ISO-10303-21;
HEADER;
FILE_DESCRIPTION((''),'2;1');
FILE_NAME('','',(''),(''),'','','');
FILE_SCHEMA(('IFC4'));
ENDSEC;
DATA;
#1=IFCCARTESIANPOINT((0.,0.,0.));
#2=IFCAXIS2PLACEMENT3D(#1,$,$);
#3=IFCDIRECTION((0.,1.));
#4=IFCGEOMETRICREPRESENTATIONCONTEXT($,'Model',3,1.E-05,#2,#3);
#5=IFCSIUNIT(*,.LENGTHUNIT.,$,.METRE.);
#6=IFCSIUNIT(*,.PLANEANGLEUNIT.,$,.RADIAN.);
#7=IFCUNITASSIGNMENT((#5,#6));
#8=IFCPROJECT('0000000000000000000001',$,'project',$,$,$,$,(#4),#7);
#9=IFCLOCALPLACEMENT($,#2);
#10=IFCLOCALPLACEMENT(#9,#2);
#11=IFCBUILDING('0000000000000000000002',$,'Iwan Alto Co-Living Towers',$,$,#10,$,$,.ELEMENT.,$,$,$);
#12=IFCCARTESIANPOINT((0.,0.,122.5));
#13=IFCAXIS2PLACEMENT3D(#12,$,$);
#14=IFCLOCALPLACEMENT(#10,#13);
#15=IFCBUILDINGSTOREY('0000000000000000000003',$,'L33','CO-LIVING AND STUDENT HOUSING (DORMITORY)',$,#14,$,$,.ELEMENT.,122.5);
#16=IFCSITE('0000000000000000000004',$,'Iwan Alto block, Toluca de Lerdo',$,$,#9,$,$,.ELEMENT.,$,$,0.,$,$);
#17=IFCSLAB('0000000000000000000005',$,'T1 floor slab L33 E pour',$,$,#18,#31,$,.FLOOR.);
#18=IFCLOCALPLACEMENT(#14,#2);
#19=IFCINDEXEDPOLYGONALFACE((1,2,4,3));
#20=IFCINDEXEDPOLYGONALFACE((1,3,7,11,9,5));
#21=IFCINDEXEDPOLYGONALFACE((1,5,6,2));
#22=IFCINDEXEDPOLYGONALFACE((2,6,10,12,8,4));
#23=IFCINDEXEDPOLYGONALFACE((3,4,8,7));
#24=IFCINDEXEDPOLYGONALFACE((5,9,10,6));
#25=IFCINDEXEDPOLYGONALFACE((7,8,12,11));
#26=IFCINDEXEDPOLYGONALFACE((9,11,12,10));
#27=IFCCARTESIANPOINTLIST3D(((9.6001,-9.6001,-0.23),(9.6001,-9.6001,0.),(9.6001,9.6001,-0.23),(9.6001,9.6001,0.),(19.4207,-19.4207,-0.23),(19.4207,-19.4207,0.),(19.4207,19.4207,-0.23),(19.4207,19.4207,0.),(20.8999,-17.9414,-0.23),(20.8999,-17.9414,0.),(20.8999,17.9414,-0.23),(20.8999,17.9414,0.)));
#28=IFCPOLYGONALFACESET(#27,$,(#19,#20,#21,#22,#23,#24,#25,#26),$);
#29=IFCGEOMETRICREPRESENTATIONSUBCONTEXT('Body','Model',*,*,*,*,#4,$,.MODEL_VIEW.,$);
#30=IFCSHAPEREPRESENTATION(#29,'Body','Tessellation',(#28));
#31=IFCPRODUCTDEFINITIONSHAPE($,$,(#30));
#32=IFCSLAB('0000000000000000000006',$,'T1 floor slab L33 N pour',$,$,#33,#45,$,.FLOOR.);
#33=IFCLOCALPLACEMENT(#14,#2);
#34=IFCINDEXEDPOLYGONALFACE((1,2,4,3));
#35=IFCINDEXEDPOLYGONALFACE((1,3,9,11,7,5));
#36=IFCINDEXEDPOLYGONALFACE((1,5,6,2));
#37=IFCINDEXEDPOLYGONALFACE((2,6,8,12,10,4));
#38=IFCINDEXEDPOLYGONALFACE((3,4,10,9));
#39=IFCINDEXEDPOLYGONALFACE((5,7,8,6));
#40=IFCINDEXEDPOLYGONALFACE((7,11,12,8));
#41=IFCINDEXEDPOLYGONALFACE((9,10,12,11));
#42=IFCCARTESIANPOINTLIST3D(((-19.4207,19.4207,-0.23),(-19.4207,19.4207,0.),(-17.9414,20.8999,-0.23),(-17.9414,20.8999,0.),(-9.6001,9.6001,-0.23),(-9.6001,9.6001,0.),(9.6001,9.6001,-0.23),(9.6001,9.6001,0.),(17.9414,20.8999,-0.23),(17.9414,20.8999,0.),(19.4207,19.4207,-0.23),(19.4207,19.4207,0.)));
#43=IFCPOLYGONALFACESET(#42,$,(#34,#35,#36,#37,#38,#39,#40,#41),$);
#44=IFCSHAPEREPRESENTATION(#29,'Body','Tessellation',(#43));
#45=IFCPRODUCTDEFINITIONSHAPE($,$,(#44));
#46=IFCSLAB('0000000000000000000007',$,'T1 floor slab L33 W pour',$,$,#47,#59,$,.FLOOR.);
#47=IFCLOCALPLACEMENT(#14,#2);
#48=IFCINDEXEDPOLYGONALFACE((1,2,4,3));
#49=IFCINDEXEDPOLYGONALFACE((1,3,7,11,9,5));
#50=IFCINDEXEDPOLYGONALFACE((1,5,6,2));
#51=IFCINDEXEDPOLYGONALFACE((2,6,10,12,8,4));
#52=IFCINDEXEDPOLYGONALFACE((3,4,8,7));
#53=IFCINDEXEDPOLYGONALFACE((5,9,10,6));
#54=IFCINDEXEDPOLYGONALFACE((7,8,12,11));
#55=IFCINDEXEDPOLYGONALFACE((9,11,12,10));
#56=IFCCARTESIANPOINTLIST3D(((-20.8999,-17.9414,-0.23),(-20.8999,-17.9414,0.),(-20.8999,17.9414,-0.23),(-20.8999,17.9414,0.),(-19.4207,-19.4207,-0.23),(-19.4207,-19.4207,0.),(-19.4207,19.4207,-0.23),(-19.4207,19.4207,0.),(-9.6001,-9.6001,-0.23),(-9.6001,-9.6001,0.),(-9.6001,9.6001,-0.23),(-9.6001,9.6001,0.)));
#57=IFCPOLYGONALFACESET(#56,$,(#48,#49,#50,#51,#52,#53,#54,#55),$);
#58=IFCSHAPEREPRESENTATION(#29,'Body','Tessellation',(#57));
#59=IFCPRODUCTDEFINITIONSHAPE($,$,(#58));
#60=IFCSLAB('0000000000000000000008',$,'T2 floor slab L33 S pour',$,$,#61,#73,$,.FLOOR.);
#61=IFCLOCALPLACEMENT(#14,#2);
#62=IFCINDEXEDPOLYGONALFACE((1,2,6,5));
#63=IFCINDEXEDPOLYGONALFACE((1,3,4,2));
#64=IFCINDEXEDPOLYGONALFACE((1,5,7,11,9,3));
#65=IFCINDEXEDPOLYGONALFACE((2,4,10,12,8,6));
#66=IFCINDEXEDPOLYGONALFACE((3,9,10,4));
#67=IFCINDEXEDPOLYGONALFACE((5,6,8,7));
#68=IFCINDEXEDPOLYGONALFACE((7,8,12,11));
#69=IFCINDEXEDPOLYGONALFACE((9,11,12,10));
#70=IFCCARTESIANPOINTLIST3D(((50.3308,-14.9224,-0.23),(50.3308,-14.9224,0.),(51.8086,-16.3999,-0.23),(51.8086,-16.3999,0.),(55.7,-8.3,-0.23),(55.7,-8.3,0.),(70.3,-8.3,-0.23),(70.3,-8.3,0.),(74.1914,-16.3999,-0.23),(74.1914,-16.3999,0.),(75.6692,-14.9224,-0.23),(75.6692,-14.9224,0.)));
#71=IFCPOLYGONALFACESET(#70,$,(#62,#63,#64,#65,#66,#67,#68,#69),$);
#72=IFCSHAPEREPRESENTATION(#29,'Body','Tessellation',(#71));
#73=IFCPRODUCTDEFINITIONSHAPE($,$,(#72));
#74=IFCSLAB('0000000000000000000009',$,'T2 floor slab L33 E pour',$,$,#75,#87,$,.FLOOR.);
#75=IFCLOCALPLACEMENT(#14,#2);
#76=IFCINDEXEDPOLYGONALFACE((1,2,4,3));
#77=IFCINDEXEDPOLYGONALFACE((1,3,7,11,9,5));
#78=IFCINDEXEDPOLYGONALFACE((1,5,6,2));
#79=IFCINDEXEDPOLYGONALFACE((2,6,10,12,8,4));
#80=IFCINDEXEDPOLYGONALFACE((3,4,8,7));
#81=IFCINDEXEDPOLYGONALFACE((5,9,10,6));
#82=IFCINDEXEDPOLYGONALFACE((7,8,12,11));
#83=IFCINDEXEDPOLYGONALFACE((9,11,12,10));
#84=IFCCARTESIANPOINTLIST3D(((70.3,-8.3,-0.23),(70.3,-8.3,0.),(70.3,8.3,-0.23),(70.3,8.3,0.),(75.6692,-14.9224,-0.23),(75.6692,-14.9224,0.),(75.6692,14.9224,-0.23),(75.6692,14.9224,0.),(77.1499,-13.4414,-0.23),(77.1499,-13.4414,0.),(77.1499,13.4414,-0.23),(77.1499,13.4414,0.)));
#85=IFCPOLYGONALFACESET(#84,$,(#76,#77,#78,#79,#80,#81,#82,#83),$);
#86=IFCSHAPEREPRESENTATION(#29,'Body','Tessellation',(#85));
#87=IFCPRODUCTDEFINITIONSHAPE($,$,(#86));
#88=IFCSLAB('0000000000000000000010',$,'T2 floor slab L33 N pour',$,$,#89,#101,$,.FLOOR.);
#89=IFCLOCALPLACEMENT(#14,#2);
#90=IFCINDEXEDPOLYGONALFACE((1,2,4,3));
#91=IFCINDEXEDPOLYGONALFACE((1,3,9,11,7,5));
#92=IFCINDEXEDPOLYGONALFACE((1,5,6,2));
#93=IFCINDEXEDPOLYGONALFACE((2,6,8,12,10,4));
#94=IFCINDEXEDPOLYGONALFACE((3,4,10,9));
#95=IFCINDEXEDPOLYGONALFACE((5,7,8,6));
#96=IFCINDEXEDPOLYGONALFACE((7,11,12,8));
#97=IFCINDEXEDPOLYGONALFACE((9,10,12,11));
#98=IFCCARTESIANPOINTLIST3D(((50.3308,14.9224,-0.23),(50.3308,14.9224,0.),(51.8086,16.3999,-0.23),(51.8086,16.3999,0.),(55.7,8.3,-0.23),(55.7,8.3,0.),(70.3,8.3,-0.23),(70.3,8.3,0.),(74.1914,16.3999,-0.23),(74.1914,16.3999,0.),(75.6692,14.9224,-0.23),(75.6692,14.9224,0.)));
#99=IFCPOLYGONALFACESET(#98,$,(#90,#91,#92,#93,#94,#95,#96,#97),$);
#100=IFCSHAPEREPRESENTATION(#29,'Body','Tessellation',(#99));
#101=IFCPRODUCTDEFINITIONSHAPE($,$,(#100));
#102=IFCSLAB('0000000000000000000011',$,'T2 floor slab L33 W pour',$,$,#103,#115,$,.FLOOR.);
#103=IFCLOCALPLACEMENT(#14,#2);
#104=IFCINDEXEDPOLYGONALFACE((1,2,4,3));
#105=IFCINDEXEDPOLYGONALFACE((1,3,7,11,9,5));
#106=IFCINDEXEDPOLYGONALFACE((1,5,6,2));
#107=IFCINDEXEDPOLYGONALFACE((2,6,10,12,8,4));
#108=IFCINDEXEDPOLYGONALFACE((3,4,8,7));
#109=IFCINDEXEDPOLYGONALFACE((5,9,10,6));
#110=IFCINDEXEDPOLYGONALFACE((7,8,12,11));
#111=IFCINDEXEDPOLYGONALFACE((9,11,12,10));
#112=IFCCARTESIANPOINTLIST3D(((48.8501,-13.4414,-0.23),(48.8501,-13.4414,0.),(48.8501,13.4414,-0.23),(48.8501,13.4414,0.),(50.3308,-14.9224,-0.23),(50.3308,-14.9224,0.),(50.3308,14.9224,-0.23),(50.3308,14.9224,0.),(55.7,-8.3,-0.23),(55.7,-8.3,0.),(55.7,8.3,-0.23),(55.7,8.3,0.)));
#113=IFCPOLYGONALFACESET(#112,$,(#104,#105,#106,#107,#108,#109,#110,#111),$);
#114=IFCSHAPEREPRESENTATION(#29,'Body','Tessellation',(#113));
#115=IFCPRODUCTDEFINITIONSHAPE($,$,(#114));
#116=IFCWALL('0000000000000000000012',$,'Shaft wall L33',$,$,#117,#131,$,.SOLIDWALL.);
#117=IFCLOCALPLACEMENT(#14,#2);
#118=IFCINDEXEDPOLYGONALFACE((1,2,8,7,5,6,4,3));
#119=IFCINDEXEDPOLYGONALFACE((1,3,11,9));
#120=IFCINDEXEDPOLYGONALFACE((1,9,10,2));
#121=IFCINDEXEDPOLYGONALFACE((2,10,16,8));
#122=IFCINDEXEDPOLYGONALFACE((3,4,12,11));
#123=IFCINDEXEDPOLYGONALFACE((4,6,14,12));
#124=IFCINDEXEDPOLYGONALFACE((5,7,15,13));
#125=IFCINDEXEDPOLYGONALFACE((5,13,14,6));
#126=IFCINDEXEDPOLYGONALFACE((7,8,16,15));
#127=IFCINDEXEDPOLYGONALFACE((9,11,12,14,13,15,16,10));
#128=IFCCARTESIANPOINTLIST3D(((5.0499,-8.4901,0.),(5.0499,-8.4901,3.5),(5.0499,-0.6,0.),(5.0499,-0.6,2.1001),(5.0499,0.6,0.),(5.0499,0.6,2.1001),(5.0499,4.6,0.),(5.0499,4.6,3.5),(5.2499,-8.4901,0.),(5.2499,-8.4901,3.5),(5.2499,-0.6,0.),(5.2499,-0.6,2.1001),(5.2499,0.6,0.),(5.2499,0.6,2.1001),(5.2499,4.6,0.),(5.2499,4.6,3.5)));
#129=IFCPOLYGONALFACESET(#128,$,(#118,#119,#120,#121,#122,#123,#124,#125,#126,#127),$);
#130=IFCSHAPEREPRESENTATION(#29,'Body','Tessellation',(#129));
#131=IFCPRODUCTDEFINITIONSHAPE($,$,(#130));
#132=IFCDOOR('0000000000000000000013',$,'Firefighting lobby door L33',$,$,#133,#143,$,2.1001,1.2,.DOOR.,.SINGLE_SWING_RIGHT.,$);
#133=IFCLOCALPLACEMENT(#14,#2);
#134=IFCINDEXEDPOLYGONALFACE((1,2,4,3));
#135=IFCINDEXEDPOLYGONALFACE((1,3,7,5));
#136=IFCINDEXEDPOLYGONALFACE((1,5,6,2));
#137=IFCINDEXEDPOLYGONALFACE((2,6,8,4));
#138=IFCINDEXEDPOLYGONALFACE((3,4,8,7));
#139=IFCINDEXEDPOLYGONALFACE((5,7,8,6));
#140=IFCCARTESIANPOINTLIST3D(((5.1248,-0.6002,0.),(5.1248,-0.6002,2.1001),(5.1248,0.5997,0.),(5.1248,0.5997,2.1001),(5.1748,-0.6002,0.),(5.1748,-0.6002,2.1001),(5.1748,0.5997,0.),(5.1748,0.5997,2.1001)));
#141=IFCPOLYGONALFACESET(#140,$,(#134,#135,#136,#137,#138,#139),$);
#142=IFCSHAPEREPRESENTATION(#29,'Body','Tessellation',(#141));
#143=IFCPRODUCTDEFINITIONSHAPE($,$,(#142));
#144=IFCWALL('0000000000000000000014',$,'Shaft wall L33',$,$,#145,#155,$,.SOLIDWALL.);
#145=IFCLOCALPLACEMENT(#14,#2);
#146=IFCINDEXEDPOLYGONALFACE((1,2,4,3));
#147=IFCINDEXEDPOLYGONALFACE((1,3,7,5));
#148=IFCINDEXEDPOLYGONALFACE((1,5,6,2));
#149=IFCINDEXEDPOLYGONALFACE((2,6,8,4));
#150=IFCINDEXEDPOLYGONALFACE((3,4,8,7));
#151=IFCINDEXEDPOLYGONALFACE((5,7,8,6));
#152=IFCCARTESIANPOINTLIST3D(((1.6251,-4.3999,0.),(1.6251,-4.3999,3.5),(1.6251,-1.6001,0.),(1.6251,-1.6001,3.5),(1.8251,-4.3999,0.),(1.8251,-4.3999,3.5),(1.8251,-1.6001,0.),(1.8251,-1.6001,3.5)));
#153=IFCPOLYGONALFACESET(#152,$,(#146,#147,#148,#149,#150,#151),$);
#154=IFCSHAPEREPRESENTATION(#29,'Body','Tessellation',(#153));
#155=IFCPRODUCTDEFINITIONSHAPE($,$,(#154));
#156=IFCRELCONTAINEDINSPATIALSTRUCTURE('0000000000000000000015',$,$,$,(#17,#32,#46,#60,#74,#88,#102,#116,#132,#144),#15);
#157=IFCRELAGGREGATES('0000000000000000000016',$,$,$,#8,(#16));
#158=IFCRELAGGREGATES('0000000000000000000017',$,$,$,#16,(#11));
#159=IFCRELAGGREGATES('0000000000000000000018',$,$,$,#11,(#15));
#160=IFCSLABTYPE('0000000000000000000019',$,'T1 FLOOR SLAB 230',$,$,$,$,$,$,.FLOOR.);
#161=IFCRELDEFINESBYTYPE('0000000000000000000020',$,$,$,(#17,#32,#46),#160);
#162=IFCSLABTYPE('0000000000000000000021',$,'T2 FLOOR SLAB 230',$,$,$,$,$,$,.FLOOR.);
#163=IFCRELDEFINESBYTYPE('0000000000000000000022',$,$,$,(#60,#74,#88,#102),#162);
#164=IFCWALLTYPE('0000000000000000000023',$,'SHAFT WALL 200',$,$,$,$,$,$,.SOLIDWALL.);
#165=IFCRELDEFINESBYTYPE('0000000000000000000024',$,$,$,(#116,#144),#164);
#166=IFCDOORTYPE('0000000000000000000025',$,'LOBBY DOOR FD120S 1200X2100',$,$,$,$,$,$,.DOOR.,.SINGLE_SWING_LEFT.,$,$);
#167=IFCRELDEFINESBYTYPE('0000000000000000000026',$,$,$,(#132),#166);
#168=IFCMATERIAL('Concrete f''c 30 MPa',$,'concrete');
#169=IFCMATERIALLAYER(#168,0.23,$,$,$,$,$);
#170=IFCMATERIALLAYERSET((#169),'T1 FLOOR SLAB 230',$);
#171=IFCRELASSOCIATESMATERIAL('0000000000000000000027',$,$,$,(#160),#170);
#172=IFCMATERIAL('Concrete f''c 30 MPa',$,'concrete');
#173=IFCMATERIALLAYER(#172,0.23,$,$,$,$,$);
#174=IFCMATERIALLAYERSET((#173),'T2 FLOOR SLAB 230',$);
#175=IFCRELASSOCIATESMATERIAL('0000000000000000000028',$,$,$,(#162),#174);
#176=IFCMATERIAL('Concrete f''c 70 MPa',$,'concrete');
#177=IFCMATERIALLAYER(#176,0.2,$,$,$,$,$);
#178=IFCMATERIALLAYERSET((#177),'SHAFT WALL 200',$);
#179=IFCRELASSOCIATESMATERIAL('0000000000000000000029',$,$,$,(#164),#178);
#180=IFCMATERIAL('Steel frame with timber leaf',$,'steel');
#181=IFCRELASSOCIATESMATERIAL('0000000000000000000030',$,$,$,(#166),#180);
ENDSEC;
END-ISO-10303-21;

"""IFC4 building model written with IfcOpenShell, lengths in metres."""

from ifc_helpers import new_model, si_unit, direction, frame, frame_2d, origin, place, context, subcontext, project, spatial, polyline, rectangle, outline, extrude, material, layer, layer_set, type_object, element, fill, save


model = new_model("IFC4")

# Units and contexts
model_context = context("Model", 3, precision=1e-05, world=origin(), true_north=direction((0.0, 1.0)))
body_context = subcontext(model_context, "Body", "Model", "MODEL_VIEW")
ifc_project = project(units=[si_unit("LENGTHUNIT", "METRE"), si_unit("PLANEANGLEUNIT", "RADIAN")], contexts=[model_context])

# Site, building, storey
site_placement = place(None, origin())
site = spatial("IfcSite", under=ifc_project, at=site_placement, Name="Iwan Alto block, Toluca de Lerdo", CompositionType="ELEMENT", RefElevation=0.0)
building_placement = place(site_placement, origin())
building = spatial("IfcBuilding", under=site, at=building_placement, Name="Iwan Alto Co-Living Towers", CompositionType="ELEMENT")
storey_placement = place(building_placement, frame((0.0, 0.0, 122.5)))
storey = spatial("IfcBuildingStorey", under=building, at=storey_placement, Name="L33", Description="CO-LIVING AND STUDENT HOUSING (DORMITORY)", CompositionType="ELEMENT", Elevation=122.5)

# Slabs
ifc_material_1 = material(Name="Concrete f'c 30 MPa", Category="concrete")
ifc_layer_1 = layer(ifc_material_1, 0.23)
ifc_layer_set_1 = layer_set([ifc_layer_1], Name="T1 FLOOR SLAB 230")
slab_type_1 = type_object("IfcSlabType", Name="T1 FLOOR SLAB 230", PredefinedType="FLOOR", material=ifc_layer_set_1)
slab_1_placement = place(storey_placement, frame((0.0, 0.0, -0.23)))
element("IfcSlab", 1, at=slab_1_placement, inside=storey, type_object=slab_type_1, Name="T1 floor slab L33 E pour", PredefinedType="FLOOR", context=body_context, shape_type="SweptSolid", body=[
    extrude(outline(polyline([(20.8999, 17.9414), (20.8999, -17.9414), (19.4207, -19.4207), (9.6001, -9.6001), (9.6001, 9.6001), (19.4207, 19.4207), (20.8999, 17.9414)])), origin(), (0.0, 0.0, 1.0), 0.23),
])
slab_2_placement = place(storey_placement, frame((0.0, 0.0, -0.23)))
element("IfcSlab", 2, at=slab_2_placement, inside=storey, type_object=slab_type_1, Name="T1 floor slab L33 N pour", PredefinedType="FLOOR", context=body_context, shape_type="SweptSolid", body=[
    extrude(outline(polyline([(-17.9414, 20.8999), (17.9414, 20.8999), (19.4207, 19.4207), (9.6001, 9.6001), (-9.6001, 9.6001), (-19.4207, 19.4207), (-17.9414, 20.8999)])), origin(), (0.0, 0.0, 1.0), 0.23),
])
slab_3_placement = place(storey_placement, frame((0.0, 0.0, -0.23)))
element("IfcSlab", 3, at=slab_3_placement, inside=storey, type_object=slab_type_1, Name="T1 floor slab L33 W pour", PredefinedType="FLOOR", context=body_context, shape_type="SweptSolid", body=[
    extrude(outline(polyline([(-20.8999, 17.9414), (-19.4207, 19.4207), (-9.6001, 9.6001), (-9.6001, -9.6001), (-19.4207, -19.4207), (-20.8999, -17.9414), (-20.8999, 17.9414)])), origin(), (0.0, 0.0, 1.0), 0.23),
])
ifc_material_2 = material(Name="Concrete f'c 30 MPa", Category="concrete")
ifc_layer_2 = layer(ifc_material_2, 0.23)
ifc_layer_set_2 = layer_set([ifc_layer_2], Name="T2 FLOOR SLAB 230")
slab_type_2 = type_object("IfcSlabType", Name="T2 FLOOR SLAB 230", PredefinedType="FLOOR", material=ifc_layer_set_2)
slab_4_placement = place(storey_placement, frame((0.0, 0.0, -0.23)))
element("IfcSlab", 4, at=slab_4_placement, inside=storey, type_object=slab_type_2, Name="T2 floor slab L33 S pour", PredefinedType="FLOOR", context=body_context, shape_type="SweptSolid", body=[
    extrude(outline(polyline([(74.1914, -16.3999), (51.8086, -16.3999), (50.3308, -14.9224), (55.7, -8.3), (70.3, -8.3), (75.6692, -14.9224), (74.1914, -16.3999)])), origin(), (0.0, 0.0, 1.0), 0.23),
])
slab_5_placement = place(storey_placement, frame((0.0, 0.0, -0.23)))
element("IfcSlab", 5, at=slab_5_placement, inside=storey, type_object=slab_type_2, Name="T2 floor slab L33 E pour", PredefinedType="FLOOR", context=body_context, shape_type="SweptSolid", body=[
    extrude(outline(polyline([(77.1499, 13.4414), (77.1499, -13.4414), (75.6692, -14.9224), (70.3, -8.3), (70.3, 8.3), (75.6692, 14.9224), (77.1499, 13.4414)])), origin(), (0.0, 0.0, 1.0), 0.23),
])
slab_6_placement = place(storey_placement, frame((0.0, 0.0, -0.23)))
element("IfcSlab", 6, at=slab_6_placement, inside=storey, type_object=slab_type_2, Name="T2 floor slab L33 N pour", PredefinedType="FLOOR", context=body_context, shape_type="SweptSolid", body=[
    extrude(outline(polyline([(51.8086, 16.3999), (74.1914, 16.3999), (75.6692, 14.9224), (70.3, 8.3), (55.7, 8.3), (50.3308, 14.9224), (51.8086, 16.3999)])), origin(), (0.0, 0.0, 1.0), 0.23),
])
slab_7_placement = place(storey_placement, frame((0.0, 0.0, -0.23)))
element("IfcSlab", 7, at=slab_7_placement, inside=storey, type_object=slab_type_2, Name="T2 floor slab L33 W pour", PredefinedType="FLOOR", context=body_context, shape_type="SweptSolid", body=[
    extrude(outline(polyline([(48.8501, 13.4414), (50.3308, 14.9224), (55.7, 8.3), (55.7, -8.3), (50.3308, -14.9224), (48.8501, -13.4414), (48.8501, 13.4414)])), origin(), (0.0, 0.0, 1.0), 0.23),
])

# Wall, opening, door
ifc_material_3 = material(Name="Concrete f'c 70 MPa", Category="concrete")
ifc_layer_3 = layer(ifc_material_3, 0.2)
ifc_layer_set_3 = layer_set([ifc_layer_3], Name="SHAFT WALL 200")
wall_type = type_object("IfcWallType", Name="SHAFT WALL 200", PredefinedType="SOLIDWALL", material=ifc_layer_set_3)
wall_1_placement = place(storey_placement, frame((5.1499, -8.49, 0.0), z_axis=(0.0, 0.0, 1.0), x_axis=(0.0, 1.0, 0.0)))
wall_1 = element("IfcWall", 8, at=wall_1_placement, inside=storey, type_object=wall_type, Name="Shaft wall L33", PredefinedType="SOLIDWALL", context=body_context, shape_type="SweptSolid", body=[
    extrude(rectangle(XDim=13.0901, YDim=0.2, at=frame_2d((6.5449, 0.0))), origin(), (0.0, 0.0, 1.0), 3.5),
])
opening_placement = place(wall_1_placement, frame((7.8899, 0.0, 0.0)))
opening = element("IfcOpeningElement", 9, at=opening_placement, cuts=wall_1, PredefinedType="OPENING", context=body_context, shape_type="SweptSolid", body=[
    extrude(rectangle(XDim=1.2, YDim=2.1001, at=frame_2d((0.6001, 1.05))), frame((0.0, 0.1099, 0.0), z_axis=(0.0, -1.0, 0.0), x_axis=(1.0, 0.0, 0.0)), (0.0, 0.0, 1.0), 0.22),
])
ifc_material_4 = material(Name="Steel frame with timber leaf", Category="steel")
door_type = type_object("IfcDoorType", Name="LOBBY DOOR FD120S 1200X2100", OperationType="SINGLE_SWING_LEFT", PredefinedType="DOOR", material=ifc_material_4)
door_placement = place(opening_placement, frame((1.2, 0.0, 0.0), z_axis=(0.0, 0.0, 1.0), x_axis=(-1.0, 0.0, 0.0)))
door = element("IfcDoor", 10, at=door_placement, inside=storey, type_object=door_type, Name="Firefighting lobby door L33", OperationType="SINGLE_SWING_RIGHT", OverallHeight=2.1001, OverallWidth=1.2, PredefinedType="DOOR", context=body_context, shape_type="SweptSolid", body=[
    extrude(rectangle(XDim=1.2, YDim=2.1001, at=frame_2d((0.6001, 1.05))), frame((0.0, 0.0249, 0.0), z_axis=(0.0, -1.0, 0.0), x_axis=(1.0, 0.0, 0.0)), (0.0, 0.0, 1.0), 0.05),
])
fill(opening, door)

# Wall
wall_2_placement = place(storey_placement, frame((1.7251, -4.3999, 0.0), z_axis=(0.0, 0.0, 1.0), x_axis=(0.0, 1.0, 0.0)))
element("IfcWall", 11, at=wall_2_placement, inside=storey, type_object=wall_type, Name="Shaft wall L33", PredefinedType="SOLIDWALL", context=body_context, shape_type="SweptSolid", body=[
    extrude(rectangle(XDim=2.7998, YDim=0.2, at=frame_2d((1.3999, 0.0))), origin(), (0.0, 0.0, 1.0), 3.5),
])

save(model, "model.ifc")
